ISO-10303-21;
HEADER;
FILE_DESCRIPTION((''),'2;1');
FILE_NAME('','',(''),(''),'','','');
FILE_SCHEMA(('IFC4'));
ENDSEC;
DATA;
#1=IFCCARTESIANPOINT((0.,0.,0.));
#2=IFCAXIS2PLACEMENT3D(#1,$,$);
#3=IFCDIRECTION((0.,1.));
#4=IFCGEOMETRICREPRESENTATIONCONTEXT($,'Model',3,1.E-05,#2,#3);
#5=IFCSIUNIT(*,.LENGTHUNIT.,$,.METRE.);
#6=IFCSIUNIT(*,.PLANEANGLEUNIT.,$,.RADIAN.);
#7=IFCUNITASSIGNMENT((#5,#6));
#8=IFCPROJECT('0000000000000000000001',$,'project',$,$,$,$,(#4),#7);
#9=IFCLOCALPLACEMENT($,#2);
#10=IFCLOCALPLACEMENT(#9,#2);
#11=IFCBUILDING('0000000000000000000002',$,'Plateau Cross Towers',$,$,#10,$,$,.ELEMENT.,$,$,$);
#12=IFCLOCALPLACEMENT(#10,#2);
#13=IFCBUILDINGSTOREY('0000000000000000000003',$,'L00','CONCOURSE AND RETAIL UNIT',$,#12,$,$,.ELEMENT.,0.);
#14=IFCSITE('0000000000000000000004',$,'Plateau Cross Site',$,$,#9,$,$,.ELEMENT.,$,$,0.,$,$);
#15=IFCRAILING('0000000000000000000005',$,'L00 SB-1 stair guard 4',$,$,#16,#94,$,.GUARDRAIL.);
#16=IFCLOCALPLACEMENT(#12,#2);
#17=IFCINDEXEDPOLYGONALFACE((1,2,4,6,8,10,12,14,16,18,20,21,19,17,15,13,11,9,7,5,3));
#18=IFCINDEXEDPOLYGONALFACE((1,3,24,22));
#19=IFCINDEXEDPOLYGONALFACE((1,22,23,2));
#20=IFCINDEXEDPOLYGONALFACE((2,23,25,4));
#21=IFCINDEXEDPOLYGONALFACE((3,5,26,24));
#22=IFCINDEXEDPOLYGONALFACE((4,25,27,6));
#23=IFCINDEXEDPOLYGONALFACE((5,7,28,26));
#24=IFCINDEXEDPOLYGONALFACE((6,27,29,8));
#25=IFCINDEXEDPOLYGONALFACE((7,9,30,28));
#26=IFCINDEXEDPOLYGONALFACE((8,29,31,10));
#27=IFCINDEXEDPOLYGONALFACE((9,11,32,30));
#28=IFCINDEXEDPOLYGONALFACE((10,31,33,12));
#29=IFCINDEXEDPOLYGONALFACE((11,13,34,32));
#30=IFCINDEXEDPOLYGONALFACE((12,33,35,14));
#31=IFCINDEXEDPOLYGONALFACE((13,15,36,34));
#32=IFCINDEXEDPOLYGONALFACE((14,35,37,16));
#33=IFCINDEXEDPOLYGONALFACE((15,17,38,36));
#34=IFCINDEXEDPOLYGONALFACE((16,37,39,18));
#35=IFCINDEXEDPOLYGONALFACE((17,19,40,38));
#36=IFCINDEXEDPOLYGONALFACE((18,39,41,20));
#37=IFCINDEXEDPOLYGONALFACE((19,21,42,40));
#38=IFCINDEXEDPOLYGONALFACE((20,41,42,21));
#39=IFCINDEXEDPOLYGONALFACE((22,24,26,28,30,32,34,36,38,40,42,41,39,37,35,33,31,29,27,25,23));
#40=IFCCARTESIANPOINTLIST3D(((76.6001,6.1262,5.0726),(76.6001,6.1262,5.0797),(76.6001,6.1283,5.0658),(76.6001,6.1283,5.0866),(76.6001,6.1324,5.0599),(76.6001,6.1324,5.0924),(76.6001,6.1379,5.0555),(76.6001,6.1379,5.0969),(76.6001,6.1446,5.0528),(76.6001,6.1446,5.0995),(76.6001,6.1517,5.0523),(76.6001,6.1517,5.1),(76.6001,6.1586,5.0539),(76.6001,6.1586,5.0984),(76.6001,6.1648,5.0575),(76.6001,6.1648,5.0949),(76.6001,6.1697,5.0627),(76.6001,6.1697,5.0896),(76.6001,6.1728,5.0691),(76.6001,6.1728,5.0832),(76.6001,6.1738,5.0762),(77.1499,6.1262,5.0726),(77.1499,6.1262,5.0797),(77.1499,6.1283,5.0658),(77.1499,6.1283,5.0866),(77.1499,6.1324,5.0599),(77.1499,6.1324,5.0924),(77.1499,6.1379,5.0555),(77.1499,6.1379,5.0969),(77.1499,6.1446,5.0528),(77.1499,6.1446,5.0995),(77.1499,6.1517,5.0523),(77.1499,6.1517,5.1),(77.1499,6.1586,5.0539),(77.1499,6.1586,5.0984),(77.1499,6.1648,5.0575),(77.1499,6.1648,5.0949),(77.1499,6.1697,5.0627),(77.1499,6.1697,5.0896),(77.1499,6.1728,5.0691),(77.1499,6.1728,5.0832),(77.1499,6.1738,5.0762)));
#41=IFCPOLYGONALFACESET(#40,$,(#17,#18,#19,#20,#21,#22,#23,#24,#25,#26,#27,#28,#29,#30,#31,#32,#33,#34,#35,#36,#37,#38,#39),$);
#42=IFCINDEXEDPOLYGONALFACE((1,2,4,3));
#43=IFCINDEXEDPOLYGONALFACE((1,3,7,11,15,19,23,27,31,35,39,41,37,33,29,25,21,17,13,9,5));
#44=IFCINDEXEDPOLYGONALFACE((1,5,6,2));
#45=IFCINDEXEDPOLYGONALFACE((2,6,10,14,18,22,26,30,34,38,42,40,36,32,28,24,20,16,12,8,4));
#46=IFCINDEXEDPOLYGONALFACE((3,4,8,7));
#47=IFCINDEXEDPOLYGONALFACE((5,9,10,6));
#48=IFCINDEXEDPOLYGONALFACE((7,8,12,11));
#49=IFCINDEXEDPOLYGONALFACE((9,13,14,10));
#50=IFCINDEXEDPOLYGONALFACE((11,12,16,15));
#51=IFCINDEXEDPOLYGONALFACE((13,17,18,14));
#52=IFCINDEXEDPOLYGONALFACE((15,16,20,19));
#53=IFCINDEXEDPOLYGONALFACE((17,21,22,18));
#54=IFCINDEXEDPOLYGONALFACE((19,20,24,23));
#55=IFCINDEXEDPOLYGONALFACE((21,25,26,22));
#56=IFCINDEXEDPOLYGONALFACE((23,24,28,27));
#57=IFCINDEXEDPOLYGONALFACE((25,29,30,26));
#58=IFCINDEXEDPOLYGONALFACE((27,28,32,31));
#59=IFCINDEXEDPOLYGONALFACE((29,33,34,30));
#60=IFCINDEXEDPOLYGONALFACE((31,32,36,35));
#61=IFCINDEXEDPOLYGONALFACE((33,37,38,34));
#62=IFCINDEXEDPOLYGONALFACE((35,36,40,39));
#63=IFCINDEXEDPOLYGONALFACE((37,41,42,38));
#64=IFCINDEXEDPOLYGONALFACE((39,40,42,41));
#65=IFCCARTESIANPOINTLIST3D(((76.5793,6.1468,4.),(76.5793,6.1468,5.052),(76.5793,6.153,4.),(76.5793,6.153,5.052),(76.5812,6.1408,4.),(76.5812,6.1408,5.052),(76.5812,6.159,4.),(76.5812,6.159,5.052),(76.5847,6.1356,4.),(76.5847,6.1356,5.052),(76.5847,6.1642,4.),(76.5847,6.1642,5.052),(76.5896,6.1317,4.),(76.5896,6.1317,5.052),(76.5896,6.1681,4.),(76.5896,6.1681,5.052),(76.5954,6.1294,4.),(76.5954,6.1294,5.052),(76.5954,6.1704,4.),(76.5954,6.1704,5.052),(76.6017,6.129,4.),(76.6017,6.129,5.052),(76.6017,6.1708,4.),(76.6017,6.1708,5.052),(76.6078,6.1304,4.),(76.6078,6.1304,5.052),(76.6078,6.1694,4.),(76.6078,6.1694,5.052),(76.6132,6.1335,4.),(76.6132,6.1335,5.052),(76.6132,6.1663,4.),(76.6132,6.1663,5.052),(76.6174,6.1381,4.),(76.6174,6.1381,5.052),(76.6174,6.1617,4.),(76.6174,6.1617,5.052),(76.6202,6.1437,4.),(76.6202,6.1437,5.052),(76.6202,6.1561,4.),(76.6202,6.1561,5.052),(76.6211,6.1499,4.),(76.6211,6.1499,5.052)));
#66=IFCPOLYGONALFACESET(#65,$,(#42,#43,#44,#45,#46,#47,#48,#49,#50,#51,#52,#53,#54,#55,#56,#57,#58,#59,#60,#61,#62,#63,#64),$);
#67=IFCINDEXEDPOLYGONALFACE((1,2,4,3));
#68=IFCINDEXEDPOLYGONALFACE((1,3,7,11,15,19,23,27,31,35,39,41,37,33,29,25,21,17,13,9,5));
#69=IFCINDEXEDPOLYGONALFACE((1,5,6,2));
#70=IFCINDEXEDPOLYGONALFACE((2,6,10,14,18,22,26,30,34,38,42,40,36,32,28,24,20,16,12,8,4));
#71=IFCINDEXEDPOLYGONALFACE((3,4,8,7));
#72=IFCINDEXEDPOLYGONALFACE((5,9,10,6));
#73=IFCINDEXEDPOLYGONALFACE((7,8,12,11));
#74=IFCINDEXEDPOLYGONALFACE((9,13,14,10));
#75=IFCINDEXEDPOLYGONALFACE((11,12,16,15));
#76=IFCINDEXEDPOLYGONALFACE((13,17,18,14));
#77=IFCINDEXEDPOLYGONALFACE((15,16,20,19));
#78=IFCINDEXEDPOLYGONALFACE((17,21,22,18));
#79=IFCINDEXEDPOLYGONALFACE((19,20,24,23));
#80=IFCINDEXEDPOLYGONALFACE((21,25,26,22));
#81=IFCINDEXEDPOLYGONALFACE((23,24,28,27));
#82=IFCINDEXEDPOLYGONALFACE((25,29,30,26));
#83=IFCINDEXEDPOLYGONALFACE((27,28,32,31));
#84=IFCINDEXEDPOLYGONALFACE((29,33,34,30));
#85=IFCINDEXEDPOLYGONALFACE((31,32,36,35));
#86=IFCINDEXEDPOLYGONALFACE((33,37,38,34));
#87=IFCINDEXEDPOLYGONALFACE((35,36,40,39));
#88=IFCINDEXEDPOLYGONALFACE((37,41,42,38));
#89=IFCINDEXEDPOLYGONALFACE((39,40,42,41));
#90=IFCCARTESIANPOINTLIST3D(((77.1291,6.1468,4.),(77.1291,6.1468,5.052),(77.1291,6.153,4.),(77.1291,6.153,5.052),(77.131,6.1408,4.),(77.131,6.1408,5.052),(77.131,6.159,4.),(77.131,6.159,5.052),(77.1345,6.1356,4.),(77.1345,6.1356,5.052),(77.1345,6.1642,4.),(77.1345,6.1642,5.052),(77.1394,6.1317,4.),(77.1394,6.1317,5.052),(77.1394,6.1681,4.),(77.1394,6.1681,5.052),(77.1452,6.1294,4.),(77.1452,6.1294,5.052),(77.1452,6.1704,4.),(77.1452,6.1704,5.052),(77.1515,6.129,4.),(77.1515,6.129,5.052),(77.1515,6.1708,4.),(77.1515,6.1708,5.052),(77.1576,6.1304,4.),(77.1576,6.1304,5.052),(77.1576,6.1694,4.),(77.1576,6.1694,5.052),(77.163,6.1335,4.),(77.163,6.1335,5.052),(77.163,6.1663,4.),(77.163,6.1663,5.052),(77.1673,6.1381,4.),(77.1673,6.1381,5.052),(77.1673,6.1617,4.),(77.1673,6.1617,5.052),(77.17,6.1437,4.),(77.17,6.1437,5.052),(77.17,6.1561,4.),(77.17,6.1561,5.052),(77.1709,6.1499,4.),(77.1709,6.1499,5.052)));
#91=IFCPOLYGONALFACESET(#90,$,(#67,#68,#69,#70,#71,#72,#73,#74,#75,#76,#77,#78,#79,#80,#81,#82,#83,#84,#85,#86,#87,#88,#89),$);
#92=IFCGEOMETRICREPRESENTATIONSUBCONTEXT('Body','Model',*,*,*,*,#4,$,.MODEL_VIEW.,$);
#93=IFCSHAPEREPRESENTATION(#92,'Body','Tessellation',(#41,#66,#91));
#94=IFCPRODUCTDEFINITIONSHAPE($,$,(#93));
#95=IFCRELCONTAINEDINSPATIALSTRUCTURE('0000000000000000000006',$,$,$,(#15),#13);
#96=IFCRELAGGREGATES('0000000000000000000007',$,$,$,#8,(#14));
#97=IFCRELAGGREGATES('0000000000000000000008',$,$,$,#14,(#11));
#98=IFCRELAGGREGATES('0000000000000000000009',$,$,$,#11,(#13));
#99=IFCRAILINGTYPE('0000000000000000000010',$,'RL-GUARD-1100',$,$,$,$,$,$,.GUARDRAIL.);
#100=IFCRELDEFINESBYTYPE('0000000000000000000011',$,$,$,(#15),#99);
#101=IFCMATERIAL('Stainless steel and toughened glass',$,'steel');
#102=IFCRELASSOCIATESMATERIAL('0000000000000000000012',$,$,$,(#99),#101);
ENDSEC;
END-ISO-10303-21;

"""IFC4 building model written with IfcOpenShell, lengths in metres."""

from ifc_helpers import new_model, si_unit, direction, frame, origin, origin_2d, place, context, subcontext, project, spatial, circle, extrude, material, type_object, element, save


model = new_model("IFC4")

# Units and contexts
model_context = context("Model", 3, precision=1e-05, world=origin(), true_north=direction((0.0, 1.0)))
body_context = subcontext(model_context, "Body", "Model", "MODEL_VIEW")
ifc_project = project(units=[si_unit("LENGTHUNIT", "METRE"), si_unit("PLANEANGLEUNIT", "RADIAN")], contexts=[model_context])

# Site, building, storey
site_placement = place(None, origin())
site = spatial("IfcSite", under=ifc_project, at=site_placement, Name="Plateau Cross Site", CompositionType="ELEMENT", RefElevation=0.0)
building_placement = place(site_placement, origin())
building = spatial("IfcBuilding", under=site, at=building_placement, Name="Plateau Cross Towers", CompositionType="ELEMENT")
storey_placement = place(building_placement, origin())
storey = spatial("IfcBuildingStorey", under=building, at=storey_placement, Name="L00", Description="CONCOURSE AND RETAIL UNIT", CompositionType="ELEMENT", Elevation=0.0)

# Railing
ifc_material_1 = material(Name="Stainless steel and toughened glass", Category="steel")
railing_type_1 = type_object("IfcRailingType", Name="RL-GUARD-1100", PredefinedType="GUARDRAIL", material=ifc_material_1)
railing_1_placement = place(storey_placement, frame((76.6001, 6.1499, 4.0)))
element("IfcRailing", 1, at=railing_1_placement, inside=storey, type_object=railing_type_1, Name="L00 SB-1 stair guard 4", PredefinedType="GUARDRAIL", context=body_context, shape_type="SweptSolid", body=[
    extrude(circle(Radius=0.0239, at=origin_2d()), frame((0.0, 0.0, 1.0762), z_axis=(1.0, 0.0, 0.0), x_axis=(0.0, 1.0, 0.0)), (0.0, 0.0, 1.0), 0.5498),
    extrude(circle(Radius=0.021, at=origin_2d()), origin(), (0.0, 0.0, 1.0), 1.052),
    extrude(circle(Radius=0.021, at=origin_2d()), frame((0.5498, 0.0, 0.0)), (0.0, 0.0, 1.0), 1.052),
])

save(model, "model.ifc")
